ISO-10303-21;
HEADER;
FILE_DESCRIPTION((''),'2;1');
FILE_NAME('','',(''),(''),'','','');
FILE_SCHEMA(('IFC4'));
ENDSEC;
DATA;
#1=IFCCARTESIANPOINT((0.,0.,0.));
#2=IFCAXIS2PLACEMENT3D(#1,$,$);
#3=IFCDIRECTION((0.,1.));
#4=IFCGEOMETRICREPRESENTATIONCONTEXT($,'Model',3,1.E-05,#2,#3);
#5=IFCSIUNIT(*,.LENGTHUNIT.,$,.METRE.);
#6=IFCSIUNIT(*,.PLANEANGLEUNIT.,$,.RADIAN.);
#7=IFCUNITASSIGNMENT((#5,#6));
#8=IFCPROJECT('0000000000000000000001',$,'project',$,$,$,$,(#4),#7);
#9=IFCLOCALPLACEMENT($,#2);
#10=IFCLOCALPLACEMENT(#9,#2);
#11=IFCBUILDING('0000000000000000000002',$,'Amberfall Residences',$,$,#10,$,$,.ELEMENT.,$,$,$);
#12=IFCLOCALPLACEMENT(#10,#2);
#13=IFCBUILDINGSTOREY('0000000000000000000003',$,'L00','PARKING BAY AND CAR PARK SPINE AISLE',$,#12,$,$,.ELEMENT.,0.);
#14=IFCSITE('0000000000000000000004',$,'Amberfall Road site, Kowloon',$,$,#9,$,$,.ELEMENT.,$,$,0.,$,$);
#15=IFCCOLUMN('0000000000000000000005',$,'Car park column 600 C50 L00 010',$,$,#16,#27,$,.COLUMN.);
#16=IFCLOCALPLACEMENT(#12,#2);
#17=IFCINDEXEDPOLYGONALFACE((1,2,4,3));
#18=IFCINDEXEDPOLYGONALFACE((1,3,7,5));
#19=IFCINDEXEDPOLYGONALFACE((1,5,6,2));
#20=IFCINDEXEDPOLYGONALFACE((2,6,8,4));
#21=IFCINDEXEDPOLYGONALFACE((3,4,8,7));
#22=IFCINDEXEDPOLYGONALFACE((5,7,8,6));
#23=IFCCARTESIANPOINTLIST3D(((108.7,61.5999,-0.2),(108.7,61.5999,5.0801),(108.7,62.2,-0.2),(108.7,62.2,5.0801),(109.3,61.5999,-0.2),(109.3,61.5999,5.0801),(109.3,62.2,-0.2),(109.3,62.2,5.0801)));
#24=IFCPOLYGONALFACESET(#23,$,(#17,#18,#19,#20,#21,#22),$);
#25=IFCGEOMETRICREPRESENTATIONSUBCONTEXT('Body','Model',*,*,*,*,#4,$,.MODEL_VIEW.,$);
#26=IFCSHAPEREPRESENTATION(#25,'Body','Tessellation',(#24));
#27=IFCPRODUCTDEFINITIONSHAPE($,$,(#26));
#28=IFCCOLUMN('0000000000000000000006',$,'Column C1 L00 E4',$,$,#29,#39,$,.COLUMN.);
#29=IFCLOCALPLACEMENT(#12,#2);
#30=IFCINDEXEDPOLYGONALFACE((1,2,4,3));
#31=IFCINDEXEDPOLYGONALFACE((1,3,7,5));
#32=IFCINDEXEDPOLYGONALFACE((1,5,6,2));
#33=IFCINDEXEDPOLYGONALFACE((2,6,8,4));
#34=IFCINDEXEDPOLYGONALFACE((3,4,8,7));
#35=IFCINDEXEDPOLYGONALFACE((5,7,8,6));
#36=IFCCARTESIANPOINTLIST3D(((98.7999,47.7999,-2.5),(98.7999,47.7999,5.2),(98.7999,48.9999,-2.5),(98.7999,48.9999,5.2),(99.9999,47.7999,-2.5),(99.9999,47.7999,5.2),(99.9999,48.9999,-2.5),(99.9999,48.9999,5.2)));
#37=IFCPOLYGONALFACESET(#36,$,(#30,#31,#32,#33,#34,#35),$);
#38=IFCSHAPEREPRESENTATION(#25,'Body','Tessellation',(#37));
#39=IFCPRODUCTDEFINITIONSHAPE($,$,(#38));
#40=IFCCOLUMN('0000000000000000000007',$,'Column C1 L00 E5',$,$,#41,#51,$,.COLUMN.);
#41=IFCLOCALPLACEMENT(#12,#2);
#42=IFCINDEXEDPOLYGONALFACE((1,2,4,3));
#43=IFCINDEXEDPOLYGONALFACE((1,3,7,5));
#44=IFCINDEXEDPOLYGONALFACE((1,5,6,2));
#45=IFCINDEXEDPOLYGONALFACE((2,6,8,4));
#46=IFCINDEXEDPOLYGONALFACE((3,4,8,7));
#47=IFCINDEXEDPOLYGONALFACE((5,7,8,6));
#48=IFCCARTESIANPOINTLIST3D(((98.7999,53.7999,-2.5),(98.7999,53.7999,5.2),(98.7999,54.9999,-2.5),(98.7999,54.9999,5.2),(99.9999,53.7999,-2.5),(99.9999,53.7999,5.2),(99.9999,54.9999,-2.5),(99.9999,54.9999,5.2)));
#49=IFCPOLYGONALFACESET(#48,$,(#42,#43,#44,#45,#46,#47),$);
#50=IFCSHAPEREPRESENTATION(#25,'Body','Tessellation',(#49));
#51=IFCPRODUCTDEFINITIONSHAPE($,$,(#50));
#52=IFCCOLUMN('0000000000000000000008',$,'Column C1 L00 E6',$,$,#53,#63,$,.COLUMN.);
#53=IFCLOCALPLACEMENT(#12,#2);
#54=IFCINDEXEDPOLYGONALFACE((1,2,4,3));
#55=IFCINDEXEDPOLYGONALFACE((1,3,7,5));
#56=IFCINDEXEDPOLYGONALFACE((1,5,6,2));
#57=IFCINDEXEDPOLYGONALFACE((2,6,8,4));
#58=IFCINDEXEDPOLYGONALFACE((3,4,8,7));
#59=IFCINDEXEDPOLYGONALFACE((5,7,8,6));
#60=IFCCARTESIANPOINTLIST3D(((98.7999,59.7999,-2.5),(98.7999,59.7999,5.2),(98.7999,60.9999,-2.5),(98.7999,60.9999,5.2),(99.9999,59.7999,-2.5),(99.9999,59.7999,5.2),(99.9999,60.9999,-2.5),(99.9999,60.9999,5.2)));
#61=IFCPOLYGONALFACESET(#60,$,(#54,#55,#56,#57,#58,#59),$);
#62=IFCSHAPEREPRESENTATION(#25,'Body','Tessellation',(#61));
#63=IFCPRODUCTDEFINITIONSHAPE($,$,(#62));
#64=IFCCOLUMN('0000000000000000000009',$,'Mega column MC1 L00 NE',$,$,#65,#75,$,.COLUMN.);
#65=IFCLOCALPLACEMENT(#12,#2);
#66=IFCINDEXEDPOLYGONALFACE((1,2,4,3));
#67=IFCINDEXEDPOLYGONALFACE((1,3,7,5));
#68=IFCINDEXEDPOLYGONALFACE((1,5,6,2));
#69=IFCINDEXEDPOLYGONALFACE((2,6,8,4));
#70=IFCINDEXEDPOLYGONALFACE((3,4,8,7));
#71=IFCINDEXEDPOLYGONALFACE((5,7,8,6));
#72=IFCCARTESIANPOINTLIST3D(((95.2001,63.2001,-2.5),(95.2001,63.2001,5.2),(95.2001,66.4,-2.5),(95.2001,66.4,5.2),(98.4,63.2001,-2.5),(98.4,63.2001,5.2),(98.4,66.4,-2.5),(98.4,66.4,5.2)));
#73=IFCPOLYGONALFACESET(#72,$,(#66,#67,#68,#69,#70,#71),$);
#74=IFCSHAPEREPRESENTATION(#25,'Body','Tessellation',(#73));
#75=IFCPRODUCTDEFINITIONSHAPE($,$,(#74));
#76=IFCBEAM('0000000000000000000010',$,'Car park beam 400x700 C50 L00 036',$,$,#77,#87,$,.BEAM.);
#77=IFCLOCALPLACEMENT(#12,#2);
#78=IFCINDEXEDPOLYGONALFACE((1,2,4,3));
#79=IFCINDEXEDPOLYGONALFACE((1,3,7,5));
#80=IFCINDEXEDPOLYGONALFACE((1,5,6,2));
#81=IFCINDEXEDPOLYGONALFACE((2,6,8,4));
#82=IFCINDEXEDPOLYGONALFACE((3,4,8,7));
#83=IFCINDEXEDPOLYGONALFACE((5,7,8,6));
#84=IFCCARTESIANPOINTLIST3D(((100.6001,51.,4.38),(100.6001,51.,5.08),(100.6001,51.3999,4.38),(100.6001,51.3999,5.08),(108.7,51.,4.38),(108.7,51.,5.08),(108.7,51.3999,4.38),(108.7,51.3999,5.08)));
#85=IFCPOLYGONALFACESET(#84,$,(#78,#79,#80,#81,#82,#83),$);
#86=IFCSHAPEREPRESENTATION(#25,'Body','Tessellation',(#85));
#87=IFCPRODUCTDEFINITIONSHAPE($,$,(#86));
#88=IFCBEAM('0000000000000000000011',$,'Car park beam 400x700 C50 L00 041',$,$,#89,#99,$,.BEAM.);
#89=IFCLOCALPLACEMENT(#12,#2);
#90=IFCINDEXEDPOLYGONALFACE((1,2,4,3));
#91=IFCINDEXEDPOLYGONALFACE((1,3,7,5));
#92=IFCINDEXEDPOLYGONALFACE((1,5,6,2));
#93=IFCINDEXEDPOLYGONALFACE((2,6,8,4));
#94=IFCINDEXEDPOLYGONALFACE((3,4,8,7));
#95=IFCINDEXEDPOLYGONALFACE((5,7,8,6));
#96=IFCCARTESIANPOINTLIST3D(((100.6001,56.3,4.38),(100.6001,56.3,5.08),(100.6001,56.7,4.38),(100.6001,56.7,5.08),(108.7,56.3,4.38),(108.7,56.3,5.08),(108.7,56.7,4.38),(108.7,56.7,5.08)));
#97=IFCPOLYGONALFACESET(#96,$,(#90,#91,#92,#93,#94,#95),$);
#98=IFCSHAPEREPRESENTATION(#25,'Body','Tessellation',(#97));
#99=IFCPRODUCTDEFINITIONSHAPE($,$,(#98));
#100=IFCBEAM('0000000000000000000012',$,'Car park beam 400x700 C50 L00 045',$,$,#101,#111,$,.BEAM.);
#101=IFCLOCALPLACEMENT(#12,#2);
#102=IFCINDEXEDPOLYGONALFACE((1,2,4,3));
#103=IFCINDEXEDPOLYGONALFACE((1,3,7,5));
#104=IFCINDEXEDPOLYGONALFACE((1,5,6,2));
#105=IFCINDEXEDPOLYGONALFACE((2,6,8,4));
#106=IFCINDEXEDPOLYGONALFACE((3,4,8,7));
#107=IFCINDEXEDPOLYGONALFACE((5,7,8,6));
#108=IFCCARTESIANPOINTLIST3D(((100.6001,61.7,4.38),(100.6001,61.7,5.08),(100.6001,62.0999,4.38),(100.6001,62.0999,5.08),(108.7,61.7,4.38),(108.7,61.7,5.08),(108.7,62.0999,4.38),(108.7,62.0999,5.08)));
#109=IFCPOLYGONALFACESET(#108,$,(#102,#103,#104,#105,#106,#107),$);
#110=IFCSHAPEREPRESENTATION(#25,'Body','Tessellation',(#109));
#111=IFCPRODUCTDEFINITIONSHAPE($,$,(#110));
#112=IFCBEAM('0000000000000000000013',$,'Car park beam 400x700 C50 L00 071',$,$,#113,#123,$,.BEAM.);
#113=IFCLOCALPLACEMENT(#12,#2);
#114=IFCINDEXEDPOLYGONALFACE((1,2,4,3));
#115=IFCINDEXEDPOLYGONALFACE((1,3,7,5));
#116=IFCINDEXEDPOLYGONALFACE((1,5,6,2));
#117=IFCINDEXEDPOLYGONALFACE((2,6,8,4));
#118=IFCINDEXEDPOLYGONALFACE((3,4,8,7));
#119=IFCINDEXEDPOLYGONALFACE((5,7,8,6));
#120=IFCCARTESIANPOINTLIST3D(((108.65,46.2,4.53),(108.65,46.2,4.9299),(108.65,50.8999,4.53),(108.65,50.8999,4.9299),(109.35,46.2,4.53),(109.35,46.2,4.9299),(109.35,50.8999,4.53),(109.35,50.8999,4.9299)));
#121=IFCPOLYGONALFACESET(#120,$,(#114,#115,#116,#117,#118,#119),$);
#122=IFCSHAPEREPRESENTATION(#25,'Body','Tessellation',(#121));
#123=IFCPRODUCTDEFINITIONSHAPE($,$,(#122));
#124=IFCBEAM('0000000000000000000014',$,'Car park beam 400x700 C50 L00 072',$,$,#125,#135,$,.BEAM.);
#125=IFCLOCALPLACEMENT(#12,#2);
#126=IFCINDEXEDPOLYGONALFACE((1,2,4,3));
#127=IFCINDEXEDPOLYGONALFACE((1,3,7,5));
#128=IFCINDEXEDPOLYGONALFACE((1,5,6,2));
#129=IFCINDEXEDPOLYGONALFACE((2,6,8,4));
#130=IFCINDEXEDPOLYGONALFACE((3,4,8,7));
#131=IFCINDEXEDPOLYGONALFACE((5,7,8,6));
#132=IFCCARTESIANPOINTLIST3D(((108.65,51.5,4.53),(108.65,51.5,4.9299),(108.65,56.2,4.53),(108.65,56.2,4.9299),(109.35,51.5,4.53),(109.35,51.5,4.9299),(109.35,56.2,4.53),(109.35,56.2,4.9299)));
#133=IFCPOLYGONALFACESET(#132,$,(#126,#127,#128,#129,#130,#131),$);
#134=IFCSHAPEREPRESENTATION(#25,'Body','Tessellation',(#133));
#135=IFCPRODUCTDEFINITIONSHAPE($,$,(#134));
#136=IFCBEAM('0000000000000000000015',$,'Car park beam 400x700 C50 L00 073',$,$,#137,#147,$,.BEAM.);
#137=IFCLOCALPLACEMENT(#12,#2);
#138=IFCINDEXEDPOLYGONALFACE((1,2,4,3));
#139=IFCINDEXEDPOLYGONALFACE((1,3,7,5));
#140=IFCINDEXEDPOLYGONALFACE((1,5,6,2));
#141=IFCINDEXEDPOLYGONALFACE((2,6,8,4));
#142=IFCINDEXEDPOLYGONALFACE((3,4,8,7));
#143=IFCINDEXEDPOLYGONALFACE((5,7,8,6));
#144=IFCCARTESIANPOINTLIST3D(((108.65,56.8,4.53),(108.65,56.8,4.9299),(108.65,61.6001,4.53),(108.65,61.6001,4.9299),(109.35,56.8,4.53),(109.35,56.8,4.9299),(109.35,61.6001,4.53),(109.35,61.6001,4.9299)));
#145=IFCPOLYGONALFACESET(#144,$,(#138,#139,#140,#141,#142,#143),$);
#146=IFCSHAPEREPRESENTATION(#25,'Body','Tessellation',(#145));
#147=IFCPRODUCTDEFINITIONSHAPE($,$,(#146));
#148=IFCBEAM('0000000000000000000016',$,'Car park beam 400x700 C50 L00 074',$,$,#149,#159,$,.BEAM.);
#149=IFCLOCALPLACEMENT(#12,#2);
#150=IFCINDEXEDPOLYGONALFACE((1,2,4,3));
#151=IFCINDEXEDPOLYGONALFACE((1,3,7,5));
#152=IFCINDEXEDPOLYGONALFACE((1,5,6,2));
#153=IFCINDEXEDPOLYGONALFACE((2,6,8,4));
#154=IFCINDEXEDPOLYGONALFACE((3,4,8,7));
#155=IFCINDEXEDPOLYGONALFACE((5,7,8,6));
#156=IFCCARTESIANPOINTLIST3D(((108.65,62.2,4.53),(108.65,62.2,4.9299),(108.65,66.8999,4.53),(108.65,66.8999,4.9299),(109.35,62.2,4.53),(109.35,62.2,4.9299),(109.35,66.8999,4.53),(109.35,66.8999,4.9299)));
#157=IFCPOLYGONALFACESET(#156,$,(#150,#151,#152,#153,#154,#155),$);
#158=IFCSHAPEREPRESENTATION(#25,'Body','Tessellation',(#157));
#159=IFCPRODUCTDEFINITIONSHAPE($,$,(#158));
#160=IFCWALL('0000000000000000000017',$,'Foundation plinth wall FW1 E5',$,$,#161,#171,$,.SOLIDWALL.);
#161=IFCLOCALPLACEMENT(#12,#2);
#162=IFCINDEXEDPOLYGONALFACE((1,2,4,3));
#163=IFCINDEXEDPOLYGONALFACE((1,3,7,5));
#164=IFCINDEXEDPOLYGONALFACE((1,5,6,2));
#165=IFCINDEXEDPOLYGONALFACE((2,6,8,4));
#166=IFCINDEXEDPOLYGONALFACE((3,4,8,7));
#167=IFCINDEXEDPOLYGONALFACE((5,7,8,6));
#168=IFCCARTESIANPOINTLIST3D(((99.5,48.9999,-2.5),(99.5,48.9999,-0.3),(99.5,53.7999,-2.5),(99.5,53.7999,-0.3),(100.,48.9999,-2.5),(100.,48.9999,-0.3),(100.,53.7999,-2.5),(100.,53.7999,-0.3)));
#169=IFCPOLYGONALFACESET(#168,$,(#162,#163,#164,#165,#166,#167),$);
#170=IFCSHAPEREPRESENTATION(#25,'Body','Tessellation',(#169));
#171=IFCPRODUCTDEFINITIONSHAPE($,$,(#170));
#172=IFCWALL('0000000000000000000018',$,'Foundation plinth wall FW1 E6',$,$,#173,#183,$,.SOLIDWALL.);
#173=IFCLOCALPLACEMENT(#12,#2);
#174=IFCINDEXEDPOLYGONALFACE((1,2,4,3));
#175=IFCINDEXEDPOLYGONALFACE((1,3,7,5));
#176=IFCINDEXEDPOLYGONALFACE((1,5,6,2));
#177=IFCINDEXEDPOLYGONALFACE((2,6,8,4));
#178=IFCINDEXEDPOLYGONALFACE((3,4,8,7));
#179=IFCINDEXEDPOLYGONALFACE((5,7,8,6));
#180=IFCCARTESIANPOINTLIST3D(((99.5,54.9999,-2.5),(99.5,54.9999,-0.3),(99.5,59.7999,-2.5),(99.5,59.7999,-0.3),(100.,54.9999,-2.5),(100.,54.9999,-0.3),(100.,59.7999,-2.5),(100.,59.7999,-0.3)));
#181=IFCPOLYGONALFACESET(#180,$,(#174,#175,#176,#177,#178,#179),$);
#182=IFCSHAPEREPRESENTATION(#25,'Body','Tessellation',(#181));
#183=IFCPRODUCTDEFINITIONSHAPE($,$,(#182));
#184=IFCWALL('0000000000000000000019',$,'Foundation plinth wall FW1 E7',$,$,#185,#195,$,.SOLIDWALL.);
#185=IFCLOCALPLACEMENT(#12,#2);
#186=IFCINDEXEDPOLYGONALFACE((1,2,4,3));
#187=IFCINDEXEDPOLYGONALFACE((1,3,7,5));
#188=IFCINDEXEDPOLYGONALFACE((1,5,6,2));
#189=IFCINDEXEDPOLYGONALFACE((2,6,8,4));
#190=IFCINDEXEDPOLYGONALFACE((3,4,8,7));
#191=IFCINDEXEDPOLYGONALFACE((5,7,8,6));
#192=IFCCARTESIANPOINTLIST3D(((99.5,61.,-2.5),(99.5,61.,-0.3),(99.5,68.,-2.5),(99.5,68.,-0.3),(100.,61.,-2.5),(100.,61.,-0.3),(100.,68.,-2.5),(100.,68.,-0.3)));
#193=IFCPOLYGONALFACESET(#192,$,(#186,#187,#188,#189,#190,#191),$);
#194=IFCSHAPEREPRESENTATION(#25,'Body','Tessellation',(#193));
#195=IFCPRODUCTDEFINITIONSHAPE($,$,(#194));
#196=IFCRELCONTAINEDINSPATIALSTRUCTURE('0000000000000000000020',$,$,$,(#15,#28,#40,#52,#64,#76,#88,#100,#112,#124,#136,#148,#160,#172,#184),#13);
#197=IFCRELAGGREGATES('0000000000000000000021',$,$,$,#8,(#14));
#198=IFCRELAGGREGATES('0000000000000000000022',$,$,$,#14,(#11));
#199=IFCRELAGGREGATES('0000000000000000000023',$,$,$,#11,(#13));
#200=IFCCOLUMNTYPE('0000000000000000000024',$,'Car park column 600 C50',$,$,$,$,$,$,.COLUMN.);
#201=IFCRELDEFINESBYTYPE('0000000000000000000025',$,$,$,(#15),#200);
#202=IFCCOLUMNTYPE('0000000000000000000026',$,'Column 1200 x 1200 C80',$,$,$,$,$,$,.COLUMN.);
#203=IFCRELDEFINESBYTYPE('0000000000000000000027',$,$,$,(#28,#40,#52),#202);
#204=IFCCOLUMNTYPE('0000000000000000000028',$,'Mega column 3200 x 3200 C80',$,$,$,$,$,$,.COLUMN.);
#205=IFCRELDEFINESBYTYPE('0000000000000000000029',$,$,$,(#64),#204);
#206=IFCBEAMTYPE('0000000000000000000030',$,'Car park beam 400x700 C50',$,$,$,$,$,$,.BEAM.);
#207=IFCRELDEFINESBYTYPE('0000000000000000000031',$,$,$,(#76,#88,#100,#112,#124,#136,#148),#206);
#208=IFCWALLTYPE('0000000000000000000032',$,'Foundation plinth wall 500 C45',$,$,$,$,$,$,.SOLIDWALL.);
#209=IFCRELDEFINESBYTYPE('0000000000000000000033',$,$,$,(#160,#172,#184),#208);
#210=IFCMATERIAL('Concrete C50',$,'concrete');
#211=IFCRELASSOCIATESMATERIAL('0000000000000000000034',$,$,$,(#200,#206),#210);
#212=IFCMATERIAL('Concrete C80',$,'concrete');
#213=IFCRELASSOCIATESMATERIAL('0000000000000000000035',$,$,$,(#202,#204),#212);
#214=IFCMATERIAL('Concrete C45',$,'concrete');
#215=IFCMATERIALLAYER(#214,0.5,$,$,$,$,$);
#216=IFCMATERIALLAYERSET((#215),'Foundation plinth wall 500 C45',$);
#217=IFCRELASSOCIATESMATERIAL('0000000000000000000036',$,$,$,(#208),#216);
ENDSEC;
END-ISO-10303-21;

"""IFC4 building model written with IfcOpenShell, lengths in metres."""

from ifc_helpers import new_model, si_unit, direction, frame, frame_2d, origin, origin_2d, place, context, subcontext, project, spatial, rectangle, extrude, material, layer, layer_set, material_profile, profile_set, type_object, element, save


model = new_model("IFC4")

# Units and contexts
model_context = context("Model", 3, precision=1e-05, world=origin(), true_north=direction((0.0, 1.0)))
body_context = subcontext(model_context, "Body", "Model", "MODEL_VIEW")
ifc_project = project(units=[si_unit("LENGTHUNIT", "METRE"), si_unit("PLANEANGLEUNIT", "RADIAN")], contexts=[model_context])

# Site, building, storey
site_placement = place(None, origin())
site = spatial("IfcSite", under=ifc_project, at=site_placement, Name="Amberfall Road site, Kowloon", CompositionType="ELEMENT", RefElevation=0.0)
building_placement = place(site_placement, origin())
building = spatial("IfcBuilding", under=site, at=building_placement, Name="Amberfall Residences", CompositionType="ELEMENT")
storey_placement = place(building_placement, origin())
storey = spatial("IfcBuildingStorey", under=building, at=storey_placement, Name="L00", Description="PARKING BAY AND CAR PARK SPINE AISLE", CompositionType="ELEMENT", Elevation=0.0)

# Shared definitions
ifc_material_1 = material(Name="Concrete C45", Category="concrete")

# Columns
ifc_material_2 = material(Name="Concrete C50", Category="concrete")
ifc_material_profile_1 = material_profile(ifc_material_2, rectangle(XDim=0.6001, YDim=0.6001, at=origin_2d()), Name="RC 600x600")
ifc_profile_set_1 = profile_set([ifc_material_profile_1], Name="Concrete C50")
column_type_1 = type_object("IfcColumnType", Name="Car park column 600 C50", PredefinedType="COLUMN", material=ifc_profile_set_1)
for number, where, z_axis, x_axis, name in (
    (1, (109.0, 61.8999, -0.2), (0.0, 0.0, 1.0), (1.0, 0.0, 0.0), "Car park column 600 C50 L00 010"),
):
    element("IfcColumn", number, at=place(storey_placement, frame(where, z_axis=z_axis, x_axis=x_axis)), inside=storey, type_object=column_type_1, Name=name, PredefinedType="COLUMN", context=body_context, shape_type="SweptSolid", body=[
        extrude(rectangle(XDim=0.6001, YDim=0.6001, at=origin_2d()), origin(), (0.0, 0.0, 1.0), 5.28),
    ])
ifc_material_3 = material(Name="Concrete C80", Category="concrete")
ifc_material_profile_2 = material_profile(ifc_material_3, rectangle(XDim=1.2, YDim=1.2, at=origin_2d()), Name="Column 1200 x 1200 C80")
ifc_profile_set_2 = profile_set([ifc_material_profile_2], Name="Concrete C80")
column_type_2 = type_object("IfcColumnType", Name="Column 1200 x 1200 C80", PredefinedType="COLUMN", material=ifc_profile_set_2)
for number, where, z_axis, x_axis, name in (
    (2, (99.3999, 48.3999, -2.5), (0.0, 0.0, 1.0), (1.0, 0.0, 0.0), "Column C1 L00 E4"),
    (3, (99.3999, 54.3999, -2.5), (0.0, 0.0, 1.0), (1.0, 0.0, 0.0), "Column C1 L00 E5"),
    (4, (99.3999, 60.3999, -2.5), (0.0, 0.0, 1.0), (1.0, 0.0, 0.0), "Column C1 L00 E6"),
):
    element("IfcColumn", number, at=place(storey_placement, frame(where, z_axis=z_axis, x_axis=x_axis)), inside=storey, type_object=column_type_2, Name=name, PredefinedType="COLUMN", context=body_context, shape_type="SweptSolid", body=[
        extrude(rectangle(XDim=1.2, YDim=1.2, at=origin_2d()), origin(), (0.0, 0.0, 1.0), 7.7),
    ])
ifc_material_profile_3 = material_profile(ifc_material_3, rectangle(XDim=3.2, YDim=3.2, at=origin_2d()), Name="Mega column 3200 x 3200 C80")
ifc_profile_set_3 = profile_set([ifc_material_profile_3], Name="Concrete C80")
column_type_3 = type_object("IfcColumnType", Name="Mega column 3200 x 3200 C80", PredefinedType="COLUMN", material=ifc_profile_set_3)
column_placement = place(storey_placement, frame((96.8, 64.8, -2.5), z_axis=(0.0, 0.0, 1.0), x_axis=(1.0, 0.0, 0.0)))
element("IfcColumn", 5, at=column_placement, inside=storey, type_object=column_type_3, Name="Mega column MC1 L00 NE", PredefinedType="COLUMN", context=body_context, shape_type="SweptSolid", body=[
    extrude(rectangle(XDim=3.2, YDim=3.2, at=origin_2d()), origin(), (0.0, 0.0, 1.0), 7.7),
])

# Beams
ifc_material_profile_4 = material_profile(ifc_material_2, rectangle(XDim=0.3999, YDim=0.7, at=origin_2d()), Name="RC 400x700")
ifc_profile_set_4 = profile_set([ifc_material_profile_4], Name="Concrete C50")
beam_type = type_object("IfcBeamType", Name="Car park beam 400x700 C50", PredefinedType="BEAM", material=ifc_profile_set_4)
for number, where, z_axis, x_axis, name in (
    (6, (100.6001, 51.2, 4.73), (1.0, 0.0, 0.0), (0.0, 1.0, 0.0), "Car park beam 400x700 C50 L00 036"),
    (7, (100.6001, 56.5, 4.73), (1.0, 0.0, 0.0), (0.0, 1.0, 0.0), "Car park beam 400x700 C50 L00 041"),
    (8, (100.6001, 61.8999, 4.73), (1.0, 0.0, 0.0), (0.0, 1.0, 0.0), "Car park beam 400x700 C50 L00 045"),
):
    element("IfcBeam", number, at=place(storey_placement, frame(where, z_axis=z_axis, x_axis=x_axis)), inside=storey, type_object=beam_type, Name=name, PredefinedType="BEAM", context=body_context, shape_type="SweptSolid", body=[
        extrude(rectangle(XDim=0.3999, YDim=0.7, at=origin_2d()), origin(), (0.0, 0.0, 1.0), 8.0999),
    ])
for number, where, z_axis, x_axis, name in (
    (9, (109.0, 46.2, 4.73), (0.0, 1.0, 0.0), (0.0, 0.0, 1.0), "Car park beam 400x700 C50 L00 071"),
    (10, (109.0, 51.5, 4.73), (0.0, 1.0, 0.0), (0.0, 0.0, 1.0), "Car park beam 400x700 C50 L00 072"),
):
    element("IfcBeam", number, at=place(storey_placement, frame(where, z_axis=z_axis, x_axis=x_axis)), inside=storey, type_object=beam_type, Name=name, PredefinedType="BEAM", context=body_context, shape_type="SweptSolid", body=[
        extrude(rectangle(XDim=0.3999, YDim=0.7, at=origin_2d()), origin(), (0.0, 0.0, 1.0), 4.7),
    ])
beam_1_placement = place(storey_placement, frame((109.0, 56.8, 4.73), z_axis=(0.0, 1.0, 0.0), x_axis=(0.0, 0.0, 1.0)))
element("IfcBeam", 11, at=beam_1_placement, inside=storey, type_object=beam_type, Name="Car park beam 400x700 C50 L00 073", PredefinedType="BEAM", context=body_context, shape_type="SweptSolid", body=[
    extrude(rectangle(XDim=0.3999, YDim=0.7, at=origin_2d()), origin(), (0.0, 0.0, 1.0), 4.8),
])
beam_2_placement = place(storey_placement, frame((109.0, 62.2, 4.73), z_axis=(0.0, 1.0, 0.0), x_axis=(0.0, 0.0, 1.0)))
element("IfcBeam", 12, at=beam_2_placement, inside=storey, type_object=beam_type, Name="Car park beam 400x700 C50 L00 074", PredefinedType="BEAM", context=body_context, shape_type="SweptSolid", body=[
    extrude(rectangle(XDim=0.3999, YDim=0.7, at=origin_2d()), origin(), (0.0, 0.0, 1.0), 4.7),
])

# Walls
ifc_layer_1 = layer(ifc_material_1, 0.5)
ifc_layer_set_1 = layer_set([ifc_layer_1], Name="Foundation plinth wall 500 C45")
wall_type_1 = type_object("IfcWallType", Name="Foundation plinth wall 500 C45", PredefinedType="SOLIDWALL", material=ifc_layer_set_1)
for number, where, z_axis, x_axis, name in (
    (13, (99.75, 49.0, -2.5), (0.0, 0.0, 1.0), (0.0, 1.0, 0.0), "Foundation plinth wall FW1 E5"),
    (14, (99.75, 55.0, -2.5), (0.0, 0.0, 1.0), (0.0, 1.0, 0.0), "Foundation plinth wall FW1 E6"),
):
    element("IfcWall", number, at=place(storey_placement, frame(where, z_axis=z_axis, x_axis=x_axis)), inside=storey, type_object=wall_type_1, Name=name, PredefinedType="SOLIDWALL", context=body_context, shape_type="SweptSolid", body=[
        extrude(rectangle(XDim=4.8, YDim=0.5, at=frame_2d((2.3999, 0.0))), origin(), (0.0, 0.0, 1.0), 2.2),
    ])
wall_1_placement = place(storey_placement, frame((99.75, 61.0, -2.5), z_axis=(0.0, 0.0, 1.0), x_axis=(0.0, 1.0, 0.0)))
element("IfcWall", 15, at=wall_1_placement, inside=storey, type_object=wall_type_1, Name="Foundation plinth wall FW1 E7", PredefinedType="SOLIDWALL", context=body_context, shape_type="SweptSolid", body=[
    extrude(rectangle(XDim=7.0, YDim=0.5, at=frame_2d((3.5, 0.0))), origin(), (0.0, 0.0, 1.0), 2.2),
])

save(model, "model.ifc")
